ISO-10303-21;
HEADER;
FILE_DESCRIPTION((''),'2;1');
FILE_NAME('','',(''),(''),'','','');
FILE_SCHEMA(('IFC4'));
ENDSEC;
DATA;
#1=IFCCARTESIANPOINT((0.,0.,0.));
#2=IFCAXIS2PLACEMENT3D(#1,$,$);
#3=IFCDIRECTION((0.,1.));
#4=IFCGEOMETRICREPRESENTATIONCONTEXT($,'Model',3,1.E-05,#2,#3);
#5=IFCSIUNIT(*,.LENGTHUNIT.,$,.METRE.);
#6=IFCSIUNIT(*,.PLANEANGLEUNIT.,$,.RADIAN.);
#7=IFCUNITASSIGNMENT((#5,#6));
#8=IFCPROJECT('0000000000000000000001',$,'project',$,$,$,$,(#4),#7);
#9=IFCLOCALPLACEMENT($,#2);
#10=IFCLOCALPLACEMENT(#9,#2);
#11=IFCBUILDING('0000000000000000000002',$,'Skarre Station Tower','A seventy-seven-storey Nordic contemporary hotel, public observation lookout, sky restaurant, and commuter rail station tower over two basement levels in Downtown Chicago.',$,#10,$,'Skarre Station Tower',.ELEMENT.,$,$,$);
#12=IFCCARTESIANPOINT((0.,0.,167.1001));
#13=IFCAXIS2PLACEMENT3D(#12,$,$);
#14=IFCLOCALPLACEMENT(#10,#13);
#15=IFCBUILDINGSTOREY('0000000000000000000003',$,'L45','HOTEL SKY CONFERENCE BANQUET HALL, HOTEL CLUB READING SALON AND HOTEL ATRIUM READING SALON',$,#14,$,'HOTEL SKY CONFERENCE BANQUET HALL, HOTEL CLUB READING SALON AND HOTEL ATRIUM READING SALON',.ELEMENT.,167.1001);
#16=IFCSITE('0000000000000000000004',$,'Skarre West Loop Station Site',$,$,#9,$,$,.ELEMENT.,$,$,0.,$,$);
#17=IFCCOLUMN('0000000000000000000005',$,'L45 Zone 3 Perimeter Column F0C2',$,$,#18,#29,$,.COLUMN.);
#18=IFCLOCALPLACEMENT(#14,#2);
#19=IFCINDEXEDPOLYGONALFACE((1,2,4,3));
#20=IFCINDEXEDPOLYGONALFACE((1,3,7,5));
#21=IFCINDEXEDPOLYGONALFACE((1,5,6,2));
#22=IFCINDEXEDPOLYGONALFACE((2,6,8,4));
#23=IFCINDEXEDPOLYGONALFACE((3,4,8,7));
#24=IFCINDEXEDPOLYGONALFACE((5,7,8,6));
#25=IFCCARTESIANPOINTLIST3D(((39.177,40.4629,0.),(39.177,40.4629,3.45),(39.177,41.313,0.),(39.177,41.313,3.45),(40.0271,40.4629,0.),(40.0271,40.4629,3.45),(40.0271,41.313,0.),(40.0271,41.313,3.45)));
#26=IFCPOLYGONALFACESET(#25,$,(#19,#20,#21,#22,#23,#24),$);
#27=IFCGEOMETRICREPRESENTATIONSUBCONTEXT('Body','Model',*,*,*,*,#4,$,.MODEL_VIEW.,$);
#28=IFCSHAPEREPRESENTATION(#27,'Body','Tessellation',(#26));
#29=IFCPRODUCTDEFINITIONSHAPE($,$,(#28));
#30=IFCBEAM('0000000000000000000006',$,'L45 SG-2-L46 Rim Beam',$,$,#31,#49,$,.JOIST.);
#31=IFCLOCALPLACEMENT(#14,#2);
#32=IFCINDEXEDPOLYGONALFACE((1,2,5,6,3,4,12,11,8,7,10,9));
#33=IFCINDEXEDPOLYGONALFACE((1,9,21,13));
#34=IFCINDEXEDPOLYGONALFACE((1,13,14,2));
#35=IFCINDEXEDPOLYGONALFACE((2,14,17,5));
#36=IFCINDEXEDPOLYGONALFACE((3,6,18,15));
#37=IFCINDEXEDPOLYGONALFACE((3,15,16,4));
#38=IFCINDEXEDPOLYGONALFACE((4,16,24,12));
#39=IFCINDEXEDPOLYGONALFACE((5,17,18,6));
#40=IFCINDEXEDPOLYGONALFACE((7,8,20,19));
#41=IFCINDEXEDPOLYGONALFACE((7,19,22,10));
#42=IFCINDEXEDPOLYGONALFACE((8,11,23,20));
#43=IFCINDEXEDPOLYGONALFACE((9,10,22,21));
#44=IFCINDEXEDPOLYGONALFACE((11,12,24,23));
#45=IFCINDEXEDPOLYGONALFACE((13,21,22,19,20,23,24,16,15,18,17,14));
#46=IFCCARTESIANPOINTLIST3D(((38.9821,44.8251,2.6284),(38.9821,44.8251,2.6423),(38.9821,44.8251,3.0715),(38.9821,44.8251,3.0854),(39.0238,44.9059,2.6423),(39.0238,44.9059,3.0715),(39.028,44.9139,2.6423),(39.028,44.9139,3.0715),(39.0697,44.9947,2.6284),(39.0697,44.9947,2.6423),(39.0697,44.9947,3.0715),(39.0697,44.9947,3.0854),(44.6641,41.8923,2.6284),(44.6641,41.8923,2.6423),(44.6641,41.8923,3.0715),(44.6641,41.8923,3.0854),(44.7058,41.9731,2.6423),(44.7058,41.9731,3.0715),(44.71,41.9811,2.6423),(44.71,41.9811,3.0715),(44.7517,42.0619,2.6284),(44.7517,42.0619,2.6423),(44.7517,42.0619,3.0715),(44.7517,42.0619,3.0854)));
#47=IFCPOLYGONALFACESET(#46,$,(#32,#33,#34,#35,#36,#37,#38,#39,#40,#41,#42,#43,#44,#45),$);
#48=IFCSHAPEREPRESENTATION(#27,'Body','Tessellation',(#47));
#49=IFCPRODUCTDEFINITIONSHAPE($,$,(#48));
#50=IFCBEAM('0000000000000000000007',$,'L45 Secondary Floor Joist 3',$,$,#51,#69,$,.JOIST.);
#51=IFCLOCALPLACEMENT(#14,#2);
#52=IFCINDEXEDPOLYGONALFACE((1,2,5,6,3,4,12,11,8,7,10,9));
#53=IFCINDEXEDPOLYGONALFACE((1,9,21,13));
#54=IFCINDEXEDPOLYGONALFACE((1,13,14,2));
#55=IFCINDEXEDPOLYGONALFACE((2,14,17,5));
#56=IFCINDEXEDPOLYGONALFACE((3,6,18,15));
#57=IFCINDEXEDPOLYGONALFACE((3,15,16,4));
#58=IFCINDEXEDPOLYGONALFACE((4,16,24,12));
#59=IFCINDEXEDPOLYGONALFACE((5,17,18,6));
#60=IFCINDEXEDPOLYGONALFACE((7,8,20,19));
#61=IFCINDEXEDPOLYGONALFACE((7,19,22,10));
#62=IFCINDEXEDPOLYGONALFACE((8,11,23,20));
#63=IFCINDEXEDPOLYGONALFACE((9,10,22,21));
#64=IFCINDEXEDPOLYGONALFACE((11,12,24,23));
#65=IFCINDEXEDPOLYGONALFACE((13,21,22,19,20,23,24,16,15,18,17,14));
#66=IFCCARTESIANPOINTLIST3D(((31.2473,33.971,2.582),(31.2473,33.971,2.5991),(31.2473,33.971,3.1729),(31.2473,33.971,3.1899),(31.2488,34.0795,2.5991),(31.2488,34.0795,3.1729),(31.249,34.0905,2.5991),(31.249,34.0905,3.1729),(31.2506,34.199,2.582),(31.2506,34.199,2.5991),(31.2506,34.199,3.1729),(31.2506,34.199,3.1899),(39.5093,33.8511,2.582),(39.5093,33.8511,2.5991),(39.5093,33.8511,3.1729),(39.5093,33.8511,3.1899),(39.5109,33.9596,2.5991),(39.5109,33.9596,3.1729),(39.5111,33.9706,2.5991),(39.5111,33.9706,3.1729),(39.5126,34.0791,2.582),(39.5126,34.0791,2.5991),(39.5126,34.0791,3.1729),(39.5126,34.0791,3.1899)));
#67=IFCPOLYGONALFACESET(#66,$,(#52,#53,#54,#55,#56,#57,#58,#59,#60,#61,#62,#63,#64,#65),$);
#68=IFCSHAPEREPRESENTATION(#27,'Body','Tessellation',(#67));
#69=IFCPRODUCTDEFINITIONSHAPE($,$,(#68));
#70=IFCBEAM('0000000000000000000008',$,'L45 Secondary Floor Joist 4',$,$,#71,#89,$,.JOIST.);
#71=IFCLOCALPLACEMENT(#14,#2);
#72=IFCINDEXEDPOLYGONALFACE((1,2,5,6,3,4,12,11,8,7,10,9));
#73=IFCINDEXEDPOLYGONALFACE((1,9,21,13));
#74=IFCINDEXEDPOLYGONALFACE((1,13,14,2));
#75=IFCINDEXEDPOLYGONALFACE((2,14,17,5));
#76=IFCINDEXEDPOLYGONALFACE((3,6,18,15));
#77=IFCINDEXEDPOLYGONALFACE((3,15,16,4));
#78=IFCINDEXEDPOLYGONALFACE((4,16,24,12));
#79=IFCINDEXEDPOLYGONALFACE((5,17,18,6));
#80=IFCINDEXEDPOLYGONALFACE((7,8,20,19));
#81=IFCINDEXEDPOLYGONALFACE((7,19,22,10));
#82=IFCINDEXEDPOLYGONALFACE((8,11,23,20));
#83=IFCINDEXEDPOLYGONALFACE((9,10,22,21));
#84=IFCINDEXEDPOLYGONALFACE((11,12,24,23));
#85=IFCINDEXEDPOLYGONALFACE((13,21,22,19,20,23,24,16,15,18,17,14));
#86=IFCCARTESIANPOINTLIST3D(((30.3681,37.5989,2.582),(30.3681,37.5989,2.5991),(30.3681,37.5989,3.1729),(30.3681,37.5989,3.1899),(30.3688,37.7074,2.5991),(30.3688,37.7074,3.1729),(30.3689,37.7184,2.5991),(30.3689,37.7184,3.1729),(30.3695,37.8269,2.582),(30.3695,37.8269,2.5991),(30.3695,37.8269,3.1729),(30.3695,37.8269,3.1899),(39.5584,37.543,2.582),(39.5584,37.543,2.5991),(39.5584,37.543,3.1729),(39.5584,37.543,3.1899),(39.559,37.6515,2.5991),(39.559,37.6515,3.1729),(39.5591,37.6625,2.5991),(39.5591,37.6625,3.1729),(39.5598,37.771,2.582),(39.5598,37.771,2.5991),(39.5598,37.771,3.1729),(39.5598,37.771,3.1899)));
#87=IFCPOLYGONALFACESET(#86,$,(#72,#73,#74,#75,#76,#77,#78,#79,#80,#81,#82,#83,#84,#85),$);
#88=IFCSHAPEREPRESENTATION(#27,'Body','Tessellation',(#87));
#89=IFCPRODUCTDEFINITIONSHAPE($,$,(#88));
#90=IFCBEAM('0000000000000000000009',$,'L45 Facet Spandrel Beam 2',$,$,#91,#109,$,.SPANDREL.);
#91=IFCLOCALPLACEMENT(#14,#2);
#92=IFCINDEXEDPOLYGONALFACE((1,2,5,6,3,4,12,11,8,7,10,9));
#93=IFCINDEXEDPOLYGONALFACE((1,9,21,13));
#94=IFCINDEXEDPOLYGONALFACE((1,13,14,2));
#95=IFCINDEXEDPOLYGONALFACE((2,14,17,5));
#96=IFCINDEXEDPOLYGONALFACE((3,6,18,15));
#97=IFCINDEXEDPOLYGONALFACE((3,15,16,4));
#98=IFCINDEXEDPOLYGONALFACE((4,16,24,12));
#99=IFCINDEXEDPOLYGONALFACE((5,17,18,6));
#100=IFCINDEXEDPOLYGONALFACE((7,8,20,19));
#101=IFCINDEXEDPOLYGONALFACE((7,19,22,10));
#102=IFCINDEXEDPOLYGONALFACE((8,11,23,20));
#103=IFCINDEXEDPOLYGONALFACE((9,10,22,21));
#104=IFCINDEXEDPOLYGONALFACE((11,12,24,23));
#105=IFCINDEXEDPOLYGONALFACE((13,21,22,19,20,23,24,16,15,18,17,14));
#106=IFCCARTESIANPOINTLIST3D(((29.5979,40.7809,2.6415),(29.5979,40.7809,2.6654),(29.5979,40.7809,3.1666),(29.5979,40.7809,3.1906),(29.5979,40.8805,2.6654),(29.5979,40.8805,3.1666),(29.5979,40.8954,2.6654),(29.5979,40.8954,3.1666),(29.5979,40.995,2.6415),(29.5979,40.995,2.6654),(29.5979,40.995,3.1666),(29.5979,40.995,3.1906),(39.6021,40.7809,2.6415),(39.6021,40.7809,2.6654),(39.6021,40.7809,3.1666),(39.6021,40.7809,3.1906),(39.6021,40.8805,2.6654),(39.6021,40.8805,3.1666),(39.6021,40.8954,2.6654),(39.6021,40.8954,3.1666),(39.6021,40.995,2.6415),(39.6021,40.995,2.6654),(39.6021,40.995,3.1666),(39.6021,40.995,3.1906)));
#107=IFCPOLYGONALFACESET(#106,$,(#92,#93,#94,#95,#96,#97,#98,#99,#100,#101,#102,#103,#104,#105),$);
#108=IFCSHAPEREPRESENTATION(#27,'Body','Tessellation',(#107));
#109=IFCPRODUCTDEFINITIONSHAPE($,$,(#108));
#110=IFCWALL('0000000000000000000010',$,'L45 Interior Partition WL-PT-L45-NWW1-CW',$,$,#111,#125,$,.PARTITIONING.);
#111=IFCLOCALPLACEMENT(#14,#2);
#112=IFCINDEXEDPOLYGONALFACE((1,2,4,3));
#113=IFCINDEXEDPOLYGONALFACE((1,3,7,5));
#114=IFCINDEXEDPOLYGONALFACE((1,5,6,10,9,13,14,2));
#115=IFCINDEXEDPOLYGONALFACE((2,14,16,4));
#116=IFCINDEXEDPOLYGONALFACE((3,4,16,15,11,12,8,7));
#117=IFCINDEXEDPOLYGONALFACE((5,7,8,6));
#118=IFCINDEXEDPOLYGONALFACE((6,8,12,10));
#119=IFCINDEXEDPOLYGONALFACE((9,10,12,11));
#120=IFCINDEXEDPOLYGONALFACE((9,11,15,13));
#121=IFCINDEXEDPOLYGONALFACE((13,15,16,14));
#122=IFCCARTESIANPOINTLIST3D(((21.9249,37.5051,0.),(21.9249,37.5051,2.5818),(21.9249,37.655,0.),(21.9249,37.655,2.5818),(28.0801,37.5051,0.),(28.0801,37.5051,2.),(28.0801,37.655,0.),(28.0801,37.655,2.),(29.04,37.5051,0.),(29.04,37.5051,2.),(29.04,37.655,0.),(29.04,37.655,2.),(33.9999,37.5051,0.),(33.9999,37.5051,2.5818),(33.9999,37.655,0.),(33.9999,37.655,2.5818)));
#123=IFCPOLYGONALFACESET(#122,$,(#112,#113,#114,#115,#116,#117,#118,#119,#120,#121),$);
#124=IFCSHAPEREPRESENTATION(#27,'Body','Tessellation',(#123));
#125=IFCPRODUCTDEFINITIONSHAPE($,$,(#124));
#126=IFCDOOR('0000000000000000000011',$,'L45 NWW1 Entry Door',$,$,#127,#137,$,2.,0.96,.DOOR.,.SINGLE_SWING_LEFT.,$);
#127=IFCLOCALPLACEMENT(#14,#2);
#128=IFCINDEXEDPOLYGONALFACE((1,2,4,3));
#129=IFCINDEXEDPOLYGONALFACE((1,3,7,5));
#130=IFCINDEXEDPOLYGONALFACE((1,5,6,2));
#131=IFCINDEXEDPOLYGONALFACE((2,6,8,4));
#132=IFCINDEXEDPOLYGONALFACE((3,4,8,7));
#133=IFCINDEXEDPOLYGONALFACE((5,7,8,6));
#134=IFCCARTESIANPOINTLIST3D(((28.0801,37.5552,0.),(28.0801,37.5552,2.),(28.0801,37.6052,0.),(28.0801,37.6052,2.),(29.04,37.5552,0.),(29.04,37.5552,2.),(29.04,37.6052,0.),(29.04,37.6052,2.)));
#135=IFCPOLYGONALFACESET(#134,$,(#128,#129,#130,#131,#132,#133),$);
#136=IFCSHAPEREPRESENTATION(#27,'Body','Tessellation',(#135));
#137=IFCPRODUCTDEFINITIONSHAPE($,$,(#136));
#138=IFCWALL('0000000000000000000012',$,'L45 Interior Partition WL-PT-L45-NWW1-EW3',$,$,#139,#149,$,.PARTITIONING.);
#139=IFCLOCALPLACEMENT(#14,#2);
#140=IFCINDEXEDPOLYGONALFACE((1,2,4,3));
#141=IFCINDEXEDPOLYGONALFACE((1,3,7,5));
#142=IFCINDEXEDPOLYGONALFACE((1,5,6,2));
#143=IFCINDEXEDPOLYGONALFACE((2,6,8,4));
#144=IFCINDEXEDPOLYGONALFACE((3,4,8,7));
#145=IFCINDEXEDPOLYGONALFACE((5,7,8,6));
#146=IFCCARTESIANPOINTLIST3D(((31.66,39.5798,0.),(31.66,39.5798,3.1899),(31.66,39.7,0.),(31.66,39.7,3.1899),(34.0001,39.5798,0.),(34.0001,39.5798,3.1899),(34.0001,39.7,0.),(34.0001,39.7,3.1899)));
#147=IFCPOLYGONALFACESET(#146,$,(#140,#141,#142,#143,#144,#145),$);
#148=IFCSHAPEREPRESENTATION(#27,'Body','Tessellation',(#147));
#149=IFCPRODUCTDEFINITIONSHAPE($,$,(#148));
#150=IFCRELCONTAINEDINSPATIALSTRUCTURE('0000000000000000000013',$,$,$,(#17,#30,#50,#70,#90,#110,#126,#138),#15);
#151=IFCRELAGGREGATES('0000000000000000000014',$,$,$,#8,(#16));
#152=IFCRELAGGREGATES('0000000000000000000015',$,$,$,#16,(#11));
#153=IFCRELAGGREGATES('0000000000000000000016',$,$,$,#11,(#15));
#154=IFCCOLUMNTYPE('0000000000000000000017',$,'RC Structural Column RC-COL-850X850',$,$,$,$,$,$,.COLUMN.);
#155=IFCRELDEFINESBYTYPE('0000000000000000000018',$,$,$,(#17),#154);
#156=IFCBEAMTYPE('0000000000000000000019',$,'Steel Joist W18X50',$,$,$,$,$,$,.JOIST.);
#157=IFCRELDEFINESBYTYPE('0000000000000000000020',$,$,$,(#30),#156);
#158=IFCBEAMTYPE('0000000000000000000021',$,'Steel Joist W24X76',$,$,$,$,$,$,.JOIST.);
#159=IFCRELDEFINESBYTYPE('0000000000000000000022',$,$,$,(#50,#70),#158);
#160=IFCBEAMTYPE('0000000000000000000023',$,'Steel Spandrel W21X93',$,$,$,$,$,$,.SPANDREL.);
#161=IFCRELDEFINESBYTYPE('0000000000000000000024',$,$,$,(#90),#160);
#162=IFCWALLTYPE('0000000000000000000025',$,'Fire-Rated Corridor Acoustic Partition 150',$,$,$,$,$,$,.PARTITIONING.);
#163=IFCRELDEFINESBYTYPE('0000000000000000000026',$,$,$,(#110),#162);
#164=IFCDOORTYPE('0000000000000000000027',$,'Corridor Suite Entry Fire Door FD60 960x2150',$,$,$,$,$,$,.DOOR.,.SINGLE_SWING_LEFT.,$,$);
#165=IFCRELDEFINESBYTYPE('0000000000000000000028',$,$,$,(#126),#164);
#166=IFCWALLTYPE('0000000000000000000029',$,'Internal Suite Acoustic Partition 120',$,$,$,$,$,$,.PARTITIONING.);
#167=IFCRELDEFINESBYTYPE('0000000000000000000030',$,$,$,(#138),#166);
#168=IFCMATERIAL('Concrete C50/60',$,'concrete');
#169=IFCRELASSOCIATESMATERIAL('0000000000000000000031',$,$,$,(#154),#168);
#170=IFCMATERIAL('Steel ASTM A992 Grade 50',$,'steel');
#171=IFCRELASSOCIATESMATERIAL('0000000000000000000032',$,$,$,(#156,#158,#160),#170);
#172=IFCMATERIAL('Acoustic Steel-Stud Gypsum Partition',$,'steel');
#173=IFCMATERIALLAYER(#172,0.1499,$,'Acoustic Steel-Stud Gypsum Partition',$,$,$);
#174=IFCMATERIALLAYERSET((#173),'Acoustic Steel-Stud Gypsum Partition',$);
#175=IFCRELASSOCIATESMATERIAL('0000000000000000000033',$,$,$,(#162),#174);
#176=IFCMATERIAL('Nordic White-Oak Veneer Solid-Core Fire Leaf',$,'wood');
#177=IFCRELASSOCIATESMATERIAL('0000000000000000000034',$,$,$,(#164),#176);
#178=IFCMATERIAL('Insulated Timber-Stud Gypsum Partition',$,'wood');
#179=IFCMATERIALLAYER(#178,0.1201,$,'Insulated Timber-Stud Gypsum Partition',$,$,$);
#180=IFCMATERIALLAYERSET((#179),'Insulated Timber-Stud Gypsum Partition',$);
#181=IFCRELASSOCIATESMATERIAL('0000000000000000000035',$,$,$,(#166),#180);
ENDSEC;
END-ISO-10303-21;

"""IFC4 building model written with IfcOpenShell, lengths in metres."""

from ifc_helpers import new_model, si_unit, direction, frame, frame_2d, origin, origin_2d, place, context, subcontext, project, spatial, rectangle, i_section, extrude, material, layer, layer_set, material_profile, profile_set, type_object, element, fill, save


model = new_model("IFC4")

# Units and contexts
model_context = context("Model", 3, precision=1e-05, world=origin(), true_north=direction((0.0, 1.0)))
body_context = subcontext(model_context, "Body", "Model", "MODEL_VIEW")
ifc_project = project(units=[si_unit("LENGTHUNIT", "METRE"), si_unit("PLANEANGLEUNIT", "RADIAN")], contexts=[model_context])

# Site, building, storey
site_placement = place(None, origin())
site = spatial("IfcSite", under=ifc_project, at=site_placement, Name="Skarre West Loop Station Site", CompositionType="ELEMENT", RefElevation=0.0)
building_placement = place(site_placement, origin())
building = spatial("IfcBuilding", under=site, at=building_placement, Name="Skarre Station Tower", Description="A seventy-seven-storey Nordic contemporary hotel, public observation lookout, sky restaurant, and commuter rail station tower over two basement levels in Downtown Chicago.", LongName="Skarre Station Tower", CompositionType="ELEMENT")
storey_placement = place(building_placement, frame((0.0, 0.0, 167.1001)))
storey = spatial("IfcBuildingStorey", under=building, at=storey_placement, Name="L45", Description="HOTEL SKY CONFERENCE BANQUET HALL, HOTEL CLUB READING SALON AND HOTEL ATRIUM READING SALON", LongName="HOTEL SKY CONFERENCE BANQUET HALL, HOTEL CLUB READING SALON AND HOTEL ATRIUM READING SALON", CompositionType="ELEMENT", Elevation=167.1001)

# Column
ifc_material_1 = material(Name="Concrete C50/60", Category="concrete")
ifc_material_profile_1 = material_profile(ifc_material_1, rectangle(XDim=0.8501, YDim=0.8501, at=origin_2d()), Name="Concrete C50/60")
ifc_profile_set_1 = profile_set([ifc_material_profile_1], Name="Concrete C50/60")
column_type = type_object("IfcColumnType", Name="RC Structural Column RC-COL-850X850", PredefinedType="COLUMN", material=ifc_profile_set_1)
column_placement = place(storey_placement, frame((39.6021, 40.8879, 0.0), z_axis=(0.0, 0.0, 1.0), x_axis=(1.0, 0.0, 0.0)))
element("IfcColumn", 1, at=column_placement, inside=storey, type_object=column_type, Name="L45 Zone 3 Perimeter Column F0C2", PredefinedType="COLUMN", context=body_context, shape_type="SweptSolid", body=[
    extrude(rectangle(XDim=0.8501, YDim=0.8501, at=origin_2d()), origin(), (0.0, 0.0, 1.0), 3.45),
])

# Beams
ifc_material_2 = material(Name="Steel ASTM A992 Grade 50", Category="steel")
ifc_material_profile_2 = material_profile(ifc_material_2, i_section(OverallWidth=0.1909, OverallDepth=0.457, WebThickness=0.009, FlangeThickness=0.0139, at=origin_2d()), Name="Steel ASTM A992 Grade 50")
ifc_profile_set_2 = profile_set([ifc_material_profile_2], Name="Steel ASTM A992 Grade 50")
beam_type_1 = type_object("IfcBeamType", Name="Steel Joist W18X50", PredefinedType="JOIST", material=ifc_profile_set_2)
beam_1_placement = place(storey_placement, frame((39.0259, 44.9099, 2.8569), z_axis=(0.888611, -0.458661, 0.0), x_axis=(0.458661, 0.888611, 0.0)))
element("IfcBeam", 2, at=beam_1_placement, inside=storey, type_object=beam_type_1, Name="L45 SG-2-L46 Rim Beam", PredefinedType="JOIST", context=body_context, shape_type="SweptSolid", body=[
    extrude(i_section(OverallWidth=0.1909, OverallDepth=0.457, WebThickness=0.009, FlangeThickness=0.0139, at=origin_2d()), origin(), (0.0, 0.0, 1.0), 6.3943),
])
ifc_material_profile_3 = material_profile(ifc_material_2, i_section(OverallWidth=0.228, OverallDepth=0.6079, WebThickness=0.011, FlangeThickness=0.0171, at=origin_2d()), Name="Steel ASTM A992 Grade 50")
ifc_profile_set_3 = profile_set([ifc_material_profile_3], Name="Steel ASTM A992 Grade 50")
beam_type_2 = type_object("IfcBeamType", Name="Steel Joist W24X76", PredefinedType="JOIST", material=ifc_profile_set_3)
beam_2_placement = place(storey_placement, frame((39.511, 33.9651, 2.886), z_axis=(-0.999895, 0.014508, 0.0), x_axis=(-0.014508, -0.999895, 0.0)))
element("IfcBeam", 3, at=beam_2_placement, inside=storey, type_object=beam_type_2, Name="L45 Secondary Floor Joist 3", PredefinedType="JOIST", context=body_context, shape_type="SweptSolid", body=[
    extrude(i_section(OverallWidth=0.228, OverallDepth=0.6079, WebThickness=0.011, FlangeThickness=0.0171, at=origin_2d()), origin(), (0.0, 0.0, 1.0), 8.2629),
])
beam_3_placement = place(storey_placement, frame((39.5591, 37.657, 2.886), z_axis=(-0.999981, 0.006083, 0.0), x_axis=(-0.006083, -0.999981, 0.0)))
element("IfcBeam", 4, at=beam_3_placement, inside=storey, type_object=beam_type_2, Name="L45 Secondary Floor Joist 4", PredefinedType="JOIST", context=body_context, shape_type="SweptSolid", body=[
    extrude(i_section(OverallWidth=0.228, OverallDepth=0.6079, WebThickness=0.011, FlangeThickness=0.0171, at=origin_2d()), origin(), (0.0, 0.0, 1.0), 9.1904),
])
ifc_material_profile_4 = material_profile(ifc_material_2, i_section(OverallWidth=0.2141, OverallDepth=0.5491, WebThickness=0.0149, FlangeThickness=0.0239, at=origin_2d()), Name="Steel ASTM A992 Grade 50")
ifc_profile_set_4 = profile_set([ifc_material_profile_4], Name="Steel ASTM A992 Grade 50")
beam_type_3 = type_object("IfcBeamType", Name="Steel Spandrel W21X93", PredefinedType="SPANDREL", material=ifc_profile_set_4)
beam_4_placement = place(storey_placement, frame((39.6021, 40.8879, 2.916), z_axis=(-1.0, 0.0, 0.0), x_axis=(0.0, -1.0, 0.0)))
element("IfcBeam", 5, at=beam_4_placement, inside=storey, type_object=beam_type_3, Name="L45 Facet Spandrel Beam 2", PredefinedType="SPANDREL", context=body_context, shape_type="SweptSolid", body=[
    extrude(i_section(OverallWidth=0.2141, OverallDepth=0.5491, WebThickness=0.0149, FlangeThickness=0.0239, at=origin_2d()), origin(), (0.0, 0.0, 1.0), 10.0042),
])

# Wall, opening, door
ifc_material_3 = material(Name="Acoustic Steel-Stud Gypsum Partition", Category="steel")
ifc_layer_1 = layer(ifc_material_3, 0.1499, Name="Acoustic Steel-Stud Gypsum Partition")
ifc_layer_set_1 = layer_set([ifc_layer_1], Name="Acoustic Steel-Stud Gypsum Partition")
wall_type_1 = type_object("IfcWallType", Name="Fire-Rated Corridor Acoustic Partition 150", PredefinedType="PARTITIONING", material=ifc_layer_set_1)
wall_1_placement = place(storey_placement, frame((34.0, 37.5801, 0.0), z_axis=(0.0, 0.0, 1.0), x_axis=(-1.0, 0.0, 0.0)))
wall_1 = element("IfcWall", 6, at=wall_1_placement, inside=storey, type_object=wall_type_1, Name="L45 Interior Partition WL-PT-L45-NWW1-CW", PredefinedType="PARTITIONING", context=body_context, shape_type="SweptSolid", body=[
    extrude(rectangle(XDim=12.075, YDim=0.1499, at=frame_2d((6.0376, 0.0))), origin(), (0.0, 0.0, 1.0), 2.5818),
])
opening_1_placement = place(wall_1_placement, frame((4.96, 0.0, 0.0)))
opening_1 = element("IfcOpeningElement", 7, at=opening_1_placement, cuts=wall_1, PredefinedType="OPENING", context=body_context, shape_type="SweptSolid", body=[
    extrude(rectangle(XDim=0.96, YDim=2.0, at=frame_2d((0.48, 1.0))), frame((0.0, 0.085, 0.0), z_axis=(0.0, -1.0, 0.0), x_axis=(1.0, 0.0, 0.0)), (0.0, 0.0, 1.0), 0.1699),
])
ifc_material_4 = material(Name="Nordic White-Oak Veneer Solid-Core Fire Leaf", Category="wood")
door_type_1 = type_object("IfcDoorType", Name="Corridor Suite Entry Fire Door FD60 960x2150", OperationType="SINGLE_SWING_LEFT", PredefinedType="DOOR", material=ifc_material_4)
door_1_placement = place(opening_1_placement, origin())
door_1 = element("IfcDoor", 8, at=door_1_placement, inside=storey, type_object=door_type_1, Name="L45 NWW1 Entry Door", OperationType="SINGLE_SWING_LEFT", OverallHeight=2.0, OverallWidth=0.96, PredefinedType="DOOR", context=body_context, shape_type="SweptSolid", body=[
    extrude(rectangle(XDim=0.96, YDim=2.0, at=frame_2d((0.48, 1.0))), frame((0.0, 0.0249, 0.0), z_axis=(0.0, -1.0, 0.0), x_axis=(1.0, 0.0, 0.0)), (0.0, 0.0, 1.0), 0.05),
])
fill(opening_1, door_1)

# Wall
ifc_material_5 = material(Name="Insulated Timber-Stud Gypsum Partition", Category="wood")
ifc_layer_2 = layer(ifc_material_5, 0.1201, Name="Insulated Timber-Stud Gypsum Partition")
ifc_layer_set_2 = layer_set([ifc_layer_2], Name="Insulated Timber-Stud Gypsum Partition")
wall_type_2 = type_object("IfcWallType", Name="Internal Suite Acoustic Partition 120", PredefinedType="PARTITIONING", material=ifc_layer_set_2)
wall_2_placement = place(storey_placement, frame((34.0, 39.6399, 0.0), z_axis=(0.0, 0.0, 1.0), x_axis=(-1.0, 0.0, 0.0)))
element("IfcWall", 9, at=wall_2_placement, inside=storey, type_object=wall_type_2, Name="L45 Interior Partition WL-PT-L45-NWW1-EW3", PredefinedType="PARTITIONING", context=body_context, shape_type="SweptSolid", body=[
    extrude(rectangle(XDim=2.3401, YDim=0.1201, at=frame_2d((1.1699, 0.0))), origin(), (0.0, 0.0, 1.0), 3.1899),
])

save(model, "model.ifc")
